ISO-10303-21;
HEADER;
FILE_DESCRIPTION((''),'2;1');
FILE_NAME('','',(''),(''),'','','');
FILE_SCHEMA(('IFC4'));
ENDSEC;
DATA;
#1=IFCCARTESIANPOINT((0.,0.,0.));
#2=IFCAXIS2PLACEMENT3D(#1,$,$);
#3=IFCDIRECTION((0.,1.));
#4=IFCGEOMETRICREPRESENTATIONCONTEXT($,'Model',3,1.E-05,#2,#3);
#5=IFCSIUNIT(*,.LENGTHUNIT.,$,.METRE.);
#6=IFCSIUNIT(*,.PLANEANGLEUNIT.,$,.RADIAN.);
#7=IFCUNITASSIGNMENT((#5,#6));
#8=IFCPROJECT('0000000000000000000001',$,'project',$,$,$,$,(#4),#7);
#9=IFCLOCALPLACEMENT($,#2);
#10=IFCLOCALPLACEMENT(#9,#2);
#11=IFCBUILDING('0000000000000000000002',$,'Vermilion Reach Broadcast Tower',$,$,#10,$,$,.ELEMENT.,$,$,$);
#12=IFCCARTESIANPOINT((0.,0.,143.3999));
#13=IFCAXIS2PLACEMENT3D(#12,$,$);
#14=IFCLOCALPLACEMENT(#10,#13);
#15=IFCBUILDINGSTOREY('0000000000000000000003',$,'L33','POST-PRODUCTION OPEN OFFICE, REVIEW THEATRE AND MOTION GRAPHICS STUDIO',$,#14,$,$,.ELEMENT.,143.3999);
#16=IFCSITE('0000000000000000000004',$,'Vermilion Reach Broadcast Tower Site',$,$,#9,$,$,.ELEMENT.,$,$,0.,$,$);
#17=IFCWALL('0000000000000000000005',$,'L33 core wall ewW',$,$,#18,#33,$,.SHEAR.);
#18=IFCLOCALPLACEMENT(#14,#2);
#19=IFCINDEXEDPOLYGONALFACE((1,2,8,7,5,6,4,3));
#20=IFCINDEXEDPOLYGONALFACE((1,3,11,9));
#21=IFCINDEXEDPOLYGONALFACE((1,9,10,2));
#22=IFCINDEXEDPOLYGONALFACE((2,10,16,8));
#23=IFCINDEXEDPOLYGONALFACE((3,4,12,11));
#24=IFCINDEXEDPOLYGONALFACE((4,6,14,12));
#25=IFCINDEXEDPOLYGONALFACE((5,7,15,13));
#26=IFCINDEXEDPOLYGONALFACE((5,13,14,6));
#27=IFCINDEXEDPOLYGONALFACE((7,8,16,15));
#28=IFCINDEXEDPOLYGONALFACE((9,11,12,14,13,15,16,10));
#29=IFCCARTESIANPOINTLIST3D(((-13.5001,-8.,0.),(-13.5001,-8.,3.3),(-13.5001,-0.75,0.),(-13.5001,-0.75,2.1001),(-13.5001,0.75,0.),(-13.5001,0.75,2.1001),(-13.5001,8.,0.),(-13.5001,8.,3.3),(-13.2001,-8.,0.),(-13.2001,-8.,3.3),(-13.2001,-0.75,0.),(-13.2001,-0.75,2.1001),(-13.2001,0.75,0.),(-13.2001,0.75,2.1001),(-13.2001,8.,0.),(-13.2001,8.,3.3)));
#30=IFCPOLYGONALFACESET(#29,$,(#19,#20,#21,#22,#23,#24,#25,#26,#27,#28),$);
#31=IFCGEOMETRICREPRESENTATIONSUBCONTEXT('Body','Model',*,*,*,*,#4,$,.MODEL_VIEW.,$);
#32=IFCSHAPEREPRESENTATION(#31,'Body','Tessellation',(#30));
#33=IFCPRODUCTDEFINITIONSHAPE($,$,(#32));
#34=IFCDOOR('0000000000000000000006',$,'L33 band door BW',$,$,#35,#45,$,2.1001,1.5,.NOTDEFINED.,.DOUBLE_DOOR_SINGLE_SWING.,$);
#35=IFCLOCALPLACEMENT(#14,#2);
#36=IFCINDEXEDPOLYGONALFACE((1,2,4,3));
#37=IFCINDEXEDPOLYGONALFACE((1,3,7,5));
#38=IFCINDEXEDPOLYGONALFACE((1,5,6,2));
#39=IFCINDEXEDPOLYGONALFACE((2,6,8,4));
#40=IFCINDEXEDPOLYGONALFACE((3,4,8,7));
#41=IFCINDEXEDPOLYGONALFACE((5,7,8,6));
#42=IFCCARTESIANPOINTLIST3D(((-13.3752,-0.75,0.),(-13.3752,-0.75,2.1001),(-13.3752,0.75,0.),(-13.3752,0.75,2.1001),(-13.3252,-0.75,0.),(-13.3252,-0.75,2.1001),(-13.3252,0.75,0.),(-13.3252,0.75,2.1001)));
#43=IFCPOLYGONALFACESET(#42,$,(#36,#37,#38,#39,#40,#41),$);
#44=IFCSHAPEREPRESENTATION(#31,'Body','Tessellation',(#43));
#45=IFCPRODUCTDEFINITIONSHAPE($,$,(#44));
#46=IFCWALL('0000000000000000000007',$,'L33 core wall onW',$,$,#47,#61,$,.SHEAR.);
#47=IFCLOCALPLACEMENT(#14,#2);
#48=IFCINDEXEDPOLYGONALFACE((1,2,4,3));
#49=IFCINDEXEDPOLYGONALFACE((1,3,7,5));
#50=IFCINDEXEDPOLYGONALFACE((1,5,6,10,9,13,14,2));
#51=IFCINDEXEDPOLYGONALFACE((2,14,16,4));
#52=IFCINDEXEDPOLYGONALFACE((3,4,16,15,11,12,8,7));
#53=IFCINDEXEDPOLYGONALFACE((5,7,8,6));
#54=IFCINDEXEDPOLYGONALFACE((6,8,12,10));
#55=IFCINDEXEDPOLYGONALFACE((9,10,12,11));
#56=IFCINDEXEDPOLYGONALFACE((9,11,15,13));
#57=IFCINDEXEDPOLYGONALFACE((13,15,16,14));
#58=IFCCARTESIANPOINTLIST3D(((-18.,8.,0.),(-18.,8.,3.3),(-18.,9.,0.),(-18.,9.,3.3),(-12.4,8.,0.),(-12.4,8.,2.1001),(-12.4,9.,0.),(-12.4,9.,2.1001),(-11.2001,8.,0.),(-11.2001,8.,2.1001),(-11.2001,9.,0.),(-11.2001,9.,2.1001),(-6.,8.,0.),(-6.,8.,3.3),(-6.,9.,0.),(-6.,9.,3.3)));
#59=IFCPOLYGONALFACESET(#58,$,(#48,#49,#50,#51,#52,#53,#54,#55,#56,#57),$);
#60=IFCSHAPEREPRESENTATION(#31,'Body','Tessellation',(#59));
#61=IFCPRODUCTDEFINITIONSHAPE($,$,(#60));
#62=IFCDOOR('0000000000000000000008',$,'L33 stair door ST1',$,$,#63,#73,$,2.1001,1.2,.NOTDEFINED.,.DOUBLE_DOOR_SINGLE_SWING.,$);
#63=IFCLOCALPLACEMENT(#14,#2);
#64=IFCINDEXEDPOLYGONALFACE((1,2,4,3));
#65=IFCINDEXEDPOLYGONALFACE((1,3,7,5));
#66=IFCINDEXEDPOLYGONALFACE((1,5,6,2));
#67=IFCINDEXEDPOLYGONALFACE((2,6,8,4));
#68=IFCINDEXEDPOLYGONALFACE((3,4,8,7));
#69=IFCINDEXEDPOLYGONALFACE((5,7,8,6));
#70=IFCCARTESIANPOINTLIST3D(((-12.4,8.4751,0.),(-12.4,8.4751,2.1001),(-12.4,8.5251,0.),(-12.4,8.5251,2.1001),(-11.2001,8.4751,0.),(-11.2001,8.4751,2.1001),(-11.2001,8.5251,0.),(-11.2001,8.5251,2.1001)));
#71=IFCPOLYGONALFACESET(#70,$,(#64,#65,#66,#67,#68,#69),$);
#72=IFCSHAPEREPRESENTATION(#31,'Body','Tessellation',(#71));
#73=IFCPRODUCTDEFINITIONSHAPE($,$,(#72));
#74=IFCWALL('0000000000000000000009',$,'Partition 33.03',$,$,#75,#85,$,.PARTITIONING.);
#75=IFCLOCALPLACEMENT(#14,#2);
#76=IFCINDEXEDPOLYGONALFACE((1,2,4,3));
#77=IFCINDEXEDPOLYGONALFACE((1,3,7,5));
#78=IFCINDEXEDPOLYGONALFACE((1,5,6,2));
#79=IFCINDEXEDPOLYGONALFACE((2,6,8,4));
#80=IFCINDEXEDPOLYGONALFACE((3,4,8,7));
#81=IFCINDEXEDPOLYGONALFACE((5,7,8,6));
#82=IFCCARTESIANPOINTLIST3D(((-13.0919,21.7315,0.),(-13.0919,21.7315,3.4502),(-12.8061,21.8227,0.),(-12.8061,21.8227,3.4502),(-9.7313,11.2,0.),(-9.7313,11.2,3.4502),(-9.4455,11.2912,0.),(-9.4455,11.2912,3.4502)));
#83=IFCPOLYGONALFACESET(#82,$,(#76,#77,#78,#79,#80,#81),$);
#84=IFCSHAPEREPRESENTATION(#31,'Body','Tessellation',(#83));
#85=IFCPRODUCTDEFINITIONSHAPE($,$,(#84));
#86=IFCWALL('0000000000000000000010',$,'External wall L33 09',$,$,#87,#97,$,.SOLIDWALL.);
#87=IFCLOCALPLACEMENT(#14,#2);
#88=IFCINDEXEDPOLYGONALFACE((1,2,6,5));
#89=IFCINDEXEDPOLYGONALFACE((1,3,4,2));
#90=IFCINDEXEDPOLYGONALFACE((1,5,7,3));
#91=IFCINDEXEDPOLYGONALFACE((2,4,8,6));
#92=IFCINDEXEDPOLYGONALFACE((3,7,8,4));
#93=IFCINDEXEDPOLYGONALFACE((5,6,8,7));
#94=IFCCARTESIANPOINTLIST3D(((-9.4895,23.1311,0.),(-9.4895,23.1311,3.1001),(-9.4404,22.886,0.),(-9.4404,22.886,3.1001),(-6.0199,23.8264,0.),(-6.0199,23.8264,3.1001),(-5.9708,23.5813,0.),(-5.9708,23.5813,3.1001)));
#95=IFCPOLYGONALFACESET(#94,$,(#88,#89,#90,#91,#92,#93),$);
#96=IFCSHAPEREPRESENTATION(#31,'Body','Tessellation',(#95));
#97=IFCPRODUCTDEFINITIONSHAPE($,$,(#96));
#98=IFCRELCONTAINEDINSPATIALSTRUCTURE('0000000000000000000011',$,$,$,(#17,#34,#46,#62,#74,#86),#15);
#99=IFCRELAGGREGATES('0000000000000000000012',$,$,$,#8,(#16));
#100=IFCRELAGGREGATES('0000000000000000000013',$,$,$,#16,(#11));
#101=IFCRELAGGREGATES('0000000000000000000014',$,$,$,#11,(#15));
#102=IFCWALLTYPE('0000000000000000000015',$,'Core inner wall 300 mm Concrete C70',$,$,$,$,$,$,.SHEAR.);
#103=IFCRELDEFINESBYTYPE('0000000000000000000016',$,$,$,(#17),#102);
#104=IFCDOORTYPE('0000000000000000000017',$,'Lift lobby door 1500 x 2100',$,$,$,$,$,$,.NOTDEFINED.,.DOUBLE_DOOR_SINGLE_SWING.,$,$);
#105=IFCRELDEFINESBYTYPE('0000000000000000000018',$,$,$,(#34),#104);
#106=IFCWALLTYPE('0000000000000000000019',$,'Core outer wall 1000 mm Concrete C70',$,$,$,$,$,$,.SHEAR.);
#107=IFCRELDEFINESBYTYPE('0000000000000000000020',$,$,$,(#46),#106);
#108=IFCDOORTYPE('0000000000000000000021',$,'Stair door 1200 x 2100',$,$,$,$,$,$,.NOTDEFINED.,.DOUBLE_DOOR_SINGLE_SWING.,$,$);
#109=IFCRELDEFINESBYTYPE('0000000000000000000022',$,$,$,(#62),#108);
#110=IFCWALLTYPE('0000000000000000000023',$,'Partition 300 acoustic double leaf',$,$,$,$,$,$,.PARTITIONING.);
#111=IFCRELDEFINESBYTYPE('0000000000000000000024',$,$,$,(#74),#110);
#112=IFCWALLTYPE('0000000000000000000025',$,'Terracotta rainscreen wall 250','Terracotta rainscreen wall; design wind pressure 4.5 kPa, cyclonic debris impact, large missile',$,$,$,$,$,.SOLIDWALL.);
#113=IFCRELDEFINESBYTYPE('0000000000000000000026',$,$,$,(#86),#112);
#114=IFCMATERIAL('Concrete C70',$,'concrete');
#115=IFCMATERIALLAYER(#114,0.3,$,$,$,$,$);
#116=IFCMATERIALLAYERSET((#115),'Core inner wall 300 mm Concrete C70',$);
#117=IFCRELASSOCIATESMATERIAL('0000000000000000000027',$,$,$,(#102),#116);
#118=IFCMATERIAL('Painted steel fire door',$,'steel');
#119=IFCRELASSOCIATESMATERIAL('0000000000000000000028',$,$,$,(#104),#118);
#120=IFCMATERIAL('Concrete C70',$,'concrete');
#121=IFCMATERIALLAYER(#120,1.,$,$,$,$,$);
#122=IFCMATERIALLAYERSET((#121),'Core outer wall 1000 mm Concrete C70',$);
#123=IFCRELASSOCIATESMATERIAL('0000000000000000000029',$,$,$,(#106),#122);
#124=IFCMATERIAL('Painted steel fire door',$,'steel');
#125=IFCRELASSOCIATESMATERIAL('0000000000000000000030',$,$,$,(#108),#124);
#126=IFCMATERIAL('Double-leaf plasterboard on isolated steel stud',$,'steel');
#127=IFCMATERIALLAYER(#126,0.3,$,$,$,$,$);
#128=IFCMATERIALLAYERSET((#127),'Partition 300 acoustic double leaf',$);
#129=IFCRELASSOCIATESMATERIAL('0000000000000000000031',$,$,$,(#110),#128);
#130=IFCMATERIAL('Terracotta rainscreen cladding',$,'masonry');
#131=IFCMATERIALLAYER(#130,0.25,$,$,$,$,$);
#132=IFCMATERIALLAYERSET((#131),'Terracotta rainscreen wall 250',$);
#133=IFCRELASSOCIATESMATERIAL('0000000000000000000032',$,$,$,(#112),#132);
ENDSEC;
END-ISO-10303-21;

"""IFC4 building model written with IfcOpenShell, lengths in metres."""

from ifc_helpers import new_model, si_unit, direction, frame, frame_2d, origin, place, context, subcontext, project, spatial, rectangle, extrude, material, layer, layer_set, type_object, element, fill, save


model = new_model("IFC4")

# Units and contexts
model_context = context("Model", 3, precision=1e-05, world=origin(), true_north=direction((0.0, 1.0)))
body_context = subcontext(model_context, "Body", "Model", "MODEL_VIEW")
ifc_project = project(units=[si_unit("LENGTHUNIT", "METRE"), si_unit("PLANEANGLEUNIT", "RADIAN")], contexts=[model_context])

# Site, building, storey
site_placement = place(None, origin())
site = spatial("IfcSite", under=ifc_project, at=site_placement, Name="Vermilion Reach Broadcast Tower Site", CompositionType="ELEMENT", RefElevation=0.0)
building_placement = place(site_placement, origin())
building = spatial("IfcBuilding", under=site, at=building_placement, Name="Vermilion Reach Broadcast Tower", CompositionType="ELEMENT")
storey_placement = place(building_placement, frame((0.0, 0.0, 143.3999)))
storey = spatial("IfcBuildingStorey", under=building, at=storey_placement, Name="L33", Description="POST-PRODUCTION OPEN OFFICE, REVIEW THEATRE AND MOTION GRAPHICS STUDIO", CompositionType="ELEMENT", Elevation=143.3999)

# Walls, openings, doors
ifc_material_1 = material(Name="Concrete C70", Category="concrete")
ifc_layer_1 = layer(ifc_material_1, 0.3)
ifc_layer_set_1 = layer_set([ifc_layer_1], Name="Core inner wall 300 mm Concrete C70")
wall_type_1 = type_object("IfcWallType", Name="Core inner wall 300 mm Concrete C70", PredefinedType="SHEAR", material=ifc_layer_set_1)
wall_1_placement = place(storey_placement, frame((-13.3501, 8.0, 0.0), z_axis=(0.0, 0.0, 1.0), x_axis=(0.0, -1.0, 0.0)))
wall_1 = element("IfcWall", 1, at=wall_1_placement, inside=storey, type_object=wall_type_1, Name="L33 core wall ewW", PredefinedType="SHEAR", context=body_context, shape_type="SweptSolid", body=[
    extrude(rectangle(XDim=16.0, YDim=0.3, at=frame_2d((8.0, 0.0))), origin(), (0.0, 0.0, 1.0), 3.3),
])
opening_1_placement = place(wall_1_placement, frame((7.25, 0.0, 0.0)))
opening_1 = element("IfcOpeningElement", 2, at=opening_1_placement, cuts=wall_1, PredefinedType="OPENING", context=body_context, shape_type="SweptSolid", body=[
    extrude(rectangle(XDim=1.5, YDim=2.1001, at=frame_2d((0.75, 1.05))), frame((0.0, 0.1599, 0.0), z_axis=(0.0, -1.0, 0.0), x_axis=(1.0, 0.0, 0.0)), (0.0, 0.0, 1.0), 0.3201),
])
ifc_material_2 = material(Name="Painted steel fire door", Category="steel")
door_type_1 = type_object("IfcDoorType", Name="Lift lobby door 1500 x 2100", OperationType="DOUBLE_DOOR_SINGLE_SWING", PredefinedType="NOTDEFINED", material=ifc_material_2)
door_1_placement = place(opening_1_placement, origin())
door_1 = element("IfcDoor", 3, at=door_1_placement, inside=storey, type_object=door_type_1, Name="L33 band door BW", OperationType="DOUBLE_DOOR_SINGLE_SWING", OverallHeight=2.1001, OverallWidth=1.5, PredefinedType="NOTDEFINED", context=body_context, shape_type="SweptSolid", body=[
    extrude(rectangle(XDim=1.5, YDim=2.1001, at=frame_2d((0.75, 1.05))), frame((0.0, 0.0249, 0.0), z_axis=(0.0, -1.0, 0.0), x_axis=(1.0, 0.0, 0.0)), (0.0, 0.0, 1.0), 0.05),
])
fill(opening_1, door_1)
ifc_material_3 = material(Name="Concrete C70", Category="concrete")
ifc_layer_2 = layer(ifc_material_3, 1.0)
ifc_layer_set_2 = layer_set([ifc_layer_2], Name="Core outer wall 1000 mm Concrete C70")
wall_type_2 = type_object("IfcWallType", Name="Core outer wall 1000 mm Concrete C70", PredefinedType="SHEAR", material=ifc_layer_set_2)
wall_2_placement = place(storey_placement, frame((-6.0, 8.5, 0.0), z_axis=(0.0, 0.0, 1.0), x_axis=(-1.0, 0.0, 0.0)))
wall_2 = element("IfcWall", 4, at=wall_2_placement, inside=storey, type_object=wall_type_2, Name="L33 core wall onW", PredefinedType="SHEAR", context=body_context, shape_type="SweptSolid", body=[
    extrude(rectangle(XDim=12.0, YDim=1.0, at=frame_2d((6.0, 0.0))), origin(), (0.0, 0.0, 1.0), 3.3),
])
opening_2_placement = place(wall_2_placement, frame((5.2, 0.0, 0.0)))
opening_2 = element("IfcOpeningElement", 5, at=opening_2_placement, cuts=wall_2, PredefinedType="OPENING", context=body_context, shape_type="SweptSolid", body=[
    extrude(rectangle(XDim=1.2, YDim=2.1001, at=frame_2d((0.6001, 1.05))), frame((0.0, 0.51, 0.0), z_axis=(0.0, -1.0, 0.0), x_axis=(1.0, 0.0, 0.0)), (0.0, 0.0, 1.0), 1.02),
])
ifc_material_4 = material(Name="Painted steel fire door", Category="steel")
door_type_2 = type_object("IfcDoorType", Name="Stair door 1200 x 2100", OperationType="DOUBLE_DOOR_SINGLE_SWING", PredefinedType="NOTDEFINED", material=ifc_material_4)
door_2_placement = place(opening_2_placement, origin())
door_2 = element("IfcDoor", 6, at=door_2_placement, inside=storey, type_object=door_type_2, Name="L33 stair door ST1", OperationType="DOUBLE_DOOR_SINGLE_SWING", OverallHeight=2.1001, OverallWidth=1.2, PredefinedType="NOTDEFINED", context=body_context, shape_type="SweptSolid", body=[
    extrude(rectangle(XDim=1.2, YDim=2.1001, at=frame_2d((0.6001, 1.05))), frame((0.0, 0.0249, 0.0), z_axis=(0.0, -1.0, 0.0), x_axis=(1.0, 0.0, 0.0)), (0.0, 0.0, 1.0), 0.05),
])
fill(opening_2, door_2)

# Walls
ifc_material_5 = material(Name="Double-leaf plasterboard on isolated steel stud", Category="steel")
ifc_layer_3 = layer(ifc_material_5, 0.3)
ifc_layer_set_3 = layer_set([ifc_layer_3], Name="Partition 300 acoustic double leaf")
wall_type_3 = type_object("IfcWallType", Name="Partition 300 acoustic double leaf", PredefinedType="PARTITIONING", material=ifc_layer_set_3)
wall_3_placement = place(storey_placement, frame((-12.949, 21.7771, 0.0), z_axis=(0.0, 0.0, 1.0), x_axis=(0.303998, -0.952673, 0.0)))
element("IfcWall", 7, at=wall_3_placement, inside=storey, type_object=wall_type_3, Name="Partition 33.03", PredefinedType="PARTITIONING", context=body_context, shape_type="SweptSolid", body=[
    extrude(rectangle(XDim=11.0547, YDim=0.3, at=frame_2d((5.5273, 0.0))), origin(), (0.0, 0.0, 1.0), 3.4502),
])
ifc_material_6 = material(Name="Terracotta rainscreen cladding", Category="masonry")
ifc_layer_4 = layer(ifc_material_6, 0.25)
ifc_layer_set_4 = layer_set([ifc_layer_4], Name="Terracotta rainscreen wall 250")
wall_type_4 = type_object("IfcWallType", Name="Terracotta rainscreen wall 250", Description="Terracotta rainscreen wall; design wind pressure 4.5 kPa, cyclonic debris impact, large missile", PredefinedType="SOLIDWALL", material=ifc_layer_set_4)
wall_4_placement = place(storey_placement, frame((-5.9954, 23.7039, 0.0), z_axis=(0.0, 0.0, 1.0), x_axis=(-0.980504, -0.196501, 0.0)))
element("IfcWall", 8, at=wall_4_placement, inside=storey, type_object=wall_type_4, Name="External wall L33 09", PredefinedType="SOLIDWALL", context=body_context, shape_type="SweptSolid", body=[
    extrude(rectangle(XDim=3.5386, YDim=0.25, at=frame_2d((1.7693, 0.0))), origin(), (0.0, 0.0, 1.0), 3.1001),
])

save(model, "model.ifc")
